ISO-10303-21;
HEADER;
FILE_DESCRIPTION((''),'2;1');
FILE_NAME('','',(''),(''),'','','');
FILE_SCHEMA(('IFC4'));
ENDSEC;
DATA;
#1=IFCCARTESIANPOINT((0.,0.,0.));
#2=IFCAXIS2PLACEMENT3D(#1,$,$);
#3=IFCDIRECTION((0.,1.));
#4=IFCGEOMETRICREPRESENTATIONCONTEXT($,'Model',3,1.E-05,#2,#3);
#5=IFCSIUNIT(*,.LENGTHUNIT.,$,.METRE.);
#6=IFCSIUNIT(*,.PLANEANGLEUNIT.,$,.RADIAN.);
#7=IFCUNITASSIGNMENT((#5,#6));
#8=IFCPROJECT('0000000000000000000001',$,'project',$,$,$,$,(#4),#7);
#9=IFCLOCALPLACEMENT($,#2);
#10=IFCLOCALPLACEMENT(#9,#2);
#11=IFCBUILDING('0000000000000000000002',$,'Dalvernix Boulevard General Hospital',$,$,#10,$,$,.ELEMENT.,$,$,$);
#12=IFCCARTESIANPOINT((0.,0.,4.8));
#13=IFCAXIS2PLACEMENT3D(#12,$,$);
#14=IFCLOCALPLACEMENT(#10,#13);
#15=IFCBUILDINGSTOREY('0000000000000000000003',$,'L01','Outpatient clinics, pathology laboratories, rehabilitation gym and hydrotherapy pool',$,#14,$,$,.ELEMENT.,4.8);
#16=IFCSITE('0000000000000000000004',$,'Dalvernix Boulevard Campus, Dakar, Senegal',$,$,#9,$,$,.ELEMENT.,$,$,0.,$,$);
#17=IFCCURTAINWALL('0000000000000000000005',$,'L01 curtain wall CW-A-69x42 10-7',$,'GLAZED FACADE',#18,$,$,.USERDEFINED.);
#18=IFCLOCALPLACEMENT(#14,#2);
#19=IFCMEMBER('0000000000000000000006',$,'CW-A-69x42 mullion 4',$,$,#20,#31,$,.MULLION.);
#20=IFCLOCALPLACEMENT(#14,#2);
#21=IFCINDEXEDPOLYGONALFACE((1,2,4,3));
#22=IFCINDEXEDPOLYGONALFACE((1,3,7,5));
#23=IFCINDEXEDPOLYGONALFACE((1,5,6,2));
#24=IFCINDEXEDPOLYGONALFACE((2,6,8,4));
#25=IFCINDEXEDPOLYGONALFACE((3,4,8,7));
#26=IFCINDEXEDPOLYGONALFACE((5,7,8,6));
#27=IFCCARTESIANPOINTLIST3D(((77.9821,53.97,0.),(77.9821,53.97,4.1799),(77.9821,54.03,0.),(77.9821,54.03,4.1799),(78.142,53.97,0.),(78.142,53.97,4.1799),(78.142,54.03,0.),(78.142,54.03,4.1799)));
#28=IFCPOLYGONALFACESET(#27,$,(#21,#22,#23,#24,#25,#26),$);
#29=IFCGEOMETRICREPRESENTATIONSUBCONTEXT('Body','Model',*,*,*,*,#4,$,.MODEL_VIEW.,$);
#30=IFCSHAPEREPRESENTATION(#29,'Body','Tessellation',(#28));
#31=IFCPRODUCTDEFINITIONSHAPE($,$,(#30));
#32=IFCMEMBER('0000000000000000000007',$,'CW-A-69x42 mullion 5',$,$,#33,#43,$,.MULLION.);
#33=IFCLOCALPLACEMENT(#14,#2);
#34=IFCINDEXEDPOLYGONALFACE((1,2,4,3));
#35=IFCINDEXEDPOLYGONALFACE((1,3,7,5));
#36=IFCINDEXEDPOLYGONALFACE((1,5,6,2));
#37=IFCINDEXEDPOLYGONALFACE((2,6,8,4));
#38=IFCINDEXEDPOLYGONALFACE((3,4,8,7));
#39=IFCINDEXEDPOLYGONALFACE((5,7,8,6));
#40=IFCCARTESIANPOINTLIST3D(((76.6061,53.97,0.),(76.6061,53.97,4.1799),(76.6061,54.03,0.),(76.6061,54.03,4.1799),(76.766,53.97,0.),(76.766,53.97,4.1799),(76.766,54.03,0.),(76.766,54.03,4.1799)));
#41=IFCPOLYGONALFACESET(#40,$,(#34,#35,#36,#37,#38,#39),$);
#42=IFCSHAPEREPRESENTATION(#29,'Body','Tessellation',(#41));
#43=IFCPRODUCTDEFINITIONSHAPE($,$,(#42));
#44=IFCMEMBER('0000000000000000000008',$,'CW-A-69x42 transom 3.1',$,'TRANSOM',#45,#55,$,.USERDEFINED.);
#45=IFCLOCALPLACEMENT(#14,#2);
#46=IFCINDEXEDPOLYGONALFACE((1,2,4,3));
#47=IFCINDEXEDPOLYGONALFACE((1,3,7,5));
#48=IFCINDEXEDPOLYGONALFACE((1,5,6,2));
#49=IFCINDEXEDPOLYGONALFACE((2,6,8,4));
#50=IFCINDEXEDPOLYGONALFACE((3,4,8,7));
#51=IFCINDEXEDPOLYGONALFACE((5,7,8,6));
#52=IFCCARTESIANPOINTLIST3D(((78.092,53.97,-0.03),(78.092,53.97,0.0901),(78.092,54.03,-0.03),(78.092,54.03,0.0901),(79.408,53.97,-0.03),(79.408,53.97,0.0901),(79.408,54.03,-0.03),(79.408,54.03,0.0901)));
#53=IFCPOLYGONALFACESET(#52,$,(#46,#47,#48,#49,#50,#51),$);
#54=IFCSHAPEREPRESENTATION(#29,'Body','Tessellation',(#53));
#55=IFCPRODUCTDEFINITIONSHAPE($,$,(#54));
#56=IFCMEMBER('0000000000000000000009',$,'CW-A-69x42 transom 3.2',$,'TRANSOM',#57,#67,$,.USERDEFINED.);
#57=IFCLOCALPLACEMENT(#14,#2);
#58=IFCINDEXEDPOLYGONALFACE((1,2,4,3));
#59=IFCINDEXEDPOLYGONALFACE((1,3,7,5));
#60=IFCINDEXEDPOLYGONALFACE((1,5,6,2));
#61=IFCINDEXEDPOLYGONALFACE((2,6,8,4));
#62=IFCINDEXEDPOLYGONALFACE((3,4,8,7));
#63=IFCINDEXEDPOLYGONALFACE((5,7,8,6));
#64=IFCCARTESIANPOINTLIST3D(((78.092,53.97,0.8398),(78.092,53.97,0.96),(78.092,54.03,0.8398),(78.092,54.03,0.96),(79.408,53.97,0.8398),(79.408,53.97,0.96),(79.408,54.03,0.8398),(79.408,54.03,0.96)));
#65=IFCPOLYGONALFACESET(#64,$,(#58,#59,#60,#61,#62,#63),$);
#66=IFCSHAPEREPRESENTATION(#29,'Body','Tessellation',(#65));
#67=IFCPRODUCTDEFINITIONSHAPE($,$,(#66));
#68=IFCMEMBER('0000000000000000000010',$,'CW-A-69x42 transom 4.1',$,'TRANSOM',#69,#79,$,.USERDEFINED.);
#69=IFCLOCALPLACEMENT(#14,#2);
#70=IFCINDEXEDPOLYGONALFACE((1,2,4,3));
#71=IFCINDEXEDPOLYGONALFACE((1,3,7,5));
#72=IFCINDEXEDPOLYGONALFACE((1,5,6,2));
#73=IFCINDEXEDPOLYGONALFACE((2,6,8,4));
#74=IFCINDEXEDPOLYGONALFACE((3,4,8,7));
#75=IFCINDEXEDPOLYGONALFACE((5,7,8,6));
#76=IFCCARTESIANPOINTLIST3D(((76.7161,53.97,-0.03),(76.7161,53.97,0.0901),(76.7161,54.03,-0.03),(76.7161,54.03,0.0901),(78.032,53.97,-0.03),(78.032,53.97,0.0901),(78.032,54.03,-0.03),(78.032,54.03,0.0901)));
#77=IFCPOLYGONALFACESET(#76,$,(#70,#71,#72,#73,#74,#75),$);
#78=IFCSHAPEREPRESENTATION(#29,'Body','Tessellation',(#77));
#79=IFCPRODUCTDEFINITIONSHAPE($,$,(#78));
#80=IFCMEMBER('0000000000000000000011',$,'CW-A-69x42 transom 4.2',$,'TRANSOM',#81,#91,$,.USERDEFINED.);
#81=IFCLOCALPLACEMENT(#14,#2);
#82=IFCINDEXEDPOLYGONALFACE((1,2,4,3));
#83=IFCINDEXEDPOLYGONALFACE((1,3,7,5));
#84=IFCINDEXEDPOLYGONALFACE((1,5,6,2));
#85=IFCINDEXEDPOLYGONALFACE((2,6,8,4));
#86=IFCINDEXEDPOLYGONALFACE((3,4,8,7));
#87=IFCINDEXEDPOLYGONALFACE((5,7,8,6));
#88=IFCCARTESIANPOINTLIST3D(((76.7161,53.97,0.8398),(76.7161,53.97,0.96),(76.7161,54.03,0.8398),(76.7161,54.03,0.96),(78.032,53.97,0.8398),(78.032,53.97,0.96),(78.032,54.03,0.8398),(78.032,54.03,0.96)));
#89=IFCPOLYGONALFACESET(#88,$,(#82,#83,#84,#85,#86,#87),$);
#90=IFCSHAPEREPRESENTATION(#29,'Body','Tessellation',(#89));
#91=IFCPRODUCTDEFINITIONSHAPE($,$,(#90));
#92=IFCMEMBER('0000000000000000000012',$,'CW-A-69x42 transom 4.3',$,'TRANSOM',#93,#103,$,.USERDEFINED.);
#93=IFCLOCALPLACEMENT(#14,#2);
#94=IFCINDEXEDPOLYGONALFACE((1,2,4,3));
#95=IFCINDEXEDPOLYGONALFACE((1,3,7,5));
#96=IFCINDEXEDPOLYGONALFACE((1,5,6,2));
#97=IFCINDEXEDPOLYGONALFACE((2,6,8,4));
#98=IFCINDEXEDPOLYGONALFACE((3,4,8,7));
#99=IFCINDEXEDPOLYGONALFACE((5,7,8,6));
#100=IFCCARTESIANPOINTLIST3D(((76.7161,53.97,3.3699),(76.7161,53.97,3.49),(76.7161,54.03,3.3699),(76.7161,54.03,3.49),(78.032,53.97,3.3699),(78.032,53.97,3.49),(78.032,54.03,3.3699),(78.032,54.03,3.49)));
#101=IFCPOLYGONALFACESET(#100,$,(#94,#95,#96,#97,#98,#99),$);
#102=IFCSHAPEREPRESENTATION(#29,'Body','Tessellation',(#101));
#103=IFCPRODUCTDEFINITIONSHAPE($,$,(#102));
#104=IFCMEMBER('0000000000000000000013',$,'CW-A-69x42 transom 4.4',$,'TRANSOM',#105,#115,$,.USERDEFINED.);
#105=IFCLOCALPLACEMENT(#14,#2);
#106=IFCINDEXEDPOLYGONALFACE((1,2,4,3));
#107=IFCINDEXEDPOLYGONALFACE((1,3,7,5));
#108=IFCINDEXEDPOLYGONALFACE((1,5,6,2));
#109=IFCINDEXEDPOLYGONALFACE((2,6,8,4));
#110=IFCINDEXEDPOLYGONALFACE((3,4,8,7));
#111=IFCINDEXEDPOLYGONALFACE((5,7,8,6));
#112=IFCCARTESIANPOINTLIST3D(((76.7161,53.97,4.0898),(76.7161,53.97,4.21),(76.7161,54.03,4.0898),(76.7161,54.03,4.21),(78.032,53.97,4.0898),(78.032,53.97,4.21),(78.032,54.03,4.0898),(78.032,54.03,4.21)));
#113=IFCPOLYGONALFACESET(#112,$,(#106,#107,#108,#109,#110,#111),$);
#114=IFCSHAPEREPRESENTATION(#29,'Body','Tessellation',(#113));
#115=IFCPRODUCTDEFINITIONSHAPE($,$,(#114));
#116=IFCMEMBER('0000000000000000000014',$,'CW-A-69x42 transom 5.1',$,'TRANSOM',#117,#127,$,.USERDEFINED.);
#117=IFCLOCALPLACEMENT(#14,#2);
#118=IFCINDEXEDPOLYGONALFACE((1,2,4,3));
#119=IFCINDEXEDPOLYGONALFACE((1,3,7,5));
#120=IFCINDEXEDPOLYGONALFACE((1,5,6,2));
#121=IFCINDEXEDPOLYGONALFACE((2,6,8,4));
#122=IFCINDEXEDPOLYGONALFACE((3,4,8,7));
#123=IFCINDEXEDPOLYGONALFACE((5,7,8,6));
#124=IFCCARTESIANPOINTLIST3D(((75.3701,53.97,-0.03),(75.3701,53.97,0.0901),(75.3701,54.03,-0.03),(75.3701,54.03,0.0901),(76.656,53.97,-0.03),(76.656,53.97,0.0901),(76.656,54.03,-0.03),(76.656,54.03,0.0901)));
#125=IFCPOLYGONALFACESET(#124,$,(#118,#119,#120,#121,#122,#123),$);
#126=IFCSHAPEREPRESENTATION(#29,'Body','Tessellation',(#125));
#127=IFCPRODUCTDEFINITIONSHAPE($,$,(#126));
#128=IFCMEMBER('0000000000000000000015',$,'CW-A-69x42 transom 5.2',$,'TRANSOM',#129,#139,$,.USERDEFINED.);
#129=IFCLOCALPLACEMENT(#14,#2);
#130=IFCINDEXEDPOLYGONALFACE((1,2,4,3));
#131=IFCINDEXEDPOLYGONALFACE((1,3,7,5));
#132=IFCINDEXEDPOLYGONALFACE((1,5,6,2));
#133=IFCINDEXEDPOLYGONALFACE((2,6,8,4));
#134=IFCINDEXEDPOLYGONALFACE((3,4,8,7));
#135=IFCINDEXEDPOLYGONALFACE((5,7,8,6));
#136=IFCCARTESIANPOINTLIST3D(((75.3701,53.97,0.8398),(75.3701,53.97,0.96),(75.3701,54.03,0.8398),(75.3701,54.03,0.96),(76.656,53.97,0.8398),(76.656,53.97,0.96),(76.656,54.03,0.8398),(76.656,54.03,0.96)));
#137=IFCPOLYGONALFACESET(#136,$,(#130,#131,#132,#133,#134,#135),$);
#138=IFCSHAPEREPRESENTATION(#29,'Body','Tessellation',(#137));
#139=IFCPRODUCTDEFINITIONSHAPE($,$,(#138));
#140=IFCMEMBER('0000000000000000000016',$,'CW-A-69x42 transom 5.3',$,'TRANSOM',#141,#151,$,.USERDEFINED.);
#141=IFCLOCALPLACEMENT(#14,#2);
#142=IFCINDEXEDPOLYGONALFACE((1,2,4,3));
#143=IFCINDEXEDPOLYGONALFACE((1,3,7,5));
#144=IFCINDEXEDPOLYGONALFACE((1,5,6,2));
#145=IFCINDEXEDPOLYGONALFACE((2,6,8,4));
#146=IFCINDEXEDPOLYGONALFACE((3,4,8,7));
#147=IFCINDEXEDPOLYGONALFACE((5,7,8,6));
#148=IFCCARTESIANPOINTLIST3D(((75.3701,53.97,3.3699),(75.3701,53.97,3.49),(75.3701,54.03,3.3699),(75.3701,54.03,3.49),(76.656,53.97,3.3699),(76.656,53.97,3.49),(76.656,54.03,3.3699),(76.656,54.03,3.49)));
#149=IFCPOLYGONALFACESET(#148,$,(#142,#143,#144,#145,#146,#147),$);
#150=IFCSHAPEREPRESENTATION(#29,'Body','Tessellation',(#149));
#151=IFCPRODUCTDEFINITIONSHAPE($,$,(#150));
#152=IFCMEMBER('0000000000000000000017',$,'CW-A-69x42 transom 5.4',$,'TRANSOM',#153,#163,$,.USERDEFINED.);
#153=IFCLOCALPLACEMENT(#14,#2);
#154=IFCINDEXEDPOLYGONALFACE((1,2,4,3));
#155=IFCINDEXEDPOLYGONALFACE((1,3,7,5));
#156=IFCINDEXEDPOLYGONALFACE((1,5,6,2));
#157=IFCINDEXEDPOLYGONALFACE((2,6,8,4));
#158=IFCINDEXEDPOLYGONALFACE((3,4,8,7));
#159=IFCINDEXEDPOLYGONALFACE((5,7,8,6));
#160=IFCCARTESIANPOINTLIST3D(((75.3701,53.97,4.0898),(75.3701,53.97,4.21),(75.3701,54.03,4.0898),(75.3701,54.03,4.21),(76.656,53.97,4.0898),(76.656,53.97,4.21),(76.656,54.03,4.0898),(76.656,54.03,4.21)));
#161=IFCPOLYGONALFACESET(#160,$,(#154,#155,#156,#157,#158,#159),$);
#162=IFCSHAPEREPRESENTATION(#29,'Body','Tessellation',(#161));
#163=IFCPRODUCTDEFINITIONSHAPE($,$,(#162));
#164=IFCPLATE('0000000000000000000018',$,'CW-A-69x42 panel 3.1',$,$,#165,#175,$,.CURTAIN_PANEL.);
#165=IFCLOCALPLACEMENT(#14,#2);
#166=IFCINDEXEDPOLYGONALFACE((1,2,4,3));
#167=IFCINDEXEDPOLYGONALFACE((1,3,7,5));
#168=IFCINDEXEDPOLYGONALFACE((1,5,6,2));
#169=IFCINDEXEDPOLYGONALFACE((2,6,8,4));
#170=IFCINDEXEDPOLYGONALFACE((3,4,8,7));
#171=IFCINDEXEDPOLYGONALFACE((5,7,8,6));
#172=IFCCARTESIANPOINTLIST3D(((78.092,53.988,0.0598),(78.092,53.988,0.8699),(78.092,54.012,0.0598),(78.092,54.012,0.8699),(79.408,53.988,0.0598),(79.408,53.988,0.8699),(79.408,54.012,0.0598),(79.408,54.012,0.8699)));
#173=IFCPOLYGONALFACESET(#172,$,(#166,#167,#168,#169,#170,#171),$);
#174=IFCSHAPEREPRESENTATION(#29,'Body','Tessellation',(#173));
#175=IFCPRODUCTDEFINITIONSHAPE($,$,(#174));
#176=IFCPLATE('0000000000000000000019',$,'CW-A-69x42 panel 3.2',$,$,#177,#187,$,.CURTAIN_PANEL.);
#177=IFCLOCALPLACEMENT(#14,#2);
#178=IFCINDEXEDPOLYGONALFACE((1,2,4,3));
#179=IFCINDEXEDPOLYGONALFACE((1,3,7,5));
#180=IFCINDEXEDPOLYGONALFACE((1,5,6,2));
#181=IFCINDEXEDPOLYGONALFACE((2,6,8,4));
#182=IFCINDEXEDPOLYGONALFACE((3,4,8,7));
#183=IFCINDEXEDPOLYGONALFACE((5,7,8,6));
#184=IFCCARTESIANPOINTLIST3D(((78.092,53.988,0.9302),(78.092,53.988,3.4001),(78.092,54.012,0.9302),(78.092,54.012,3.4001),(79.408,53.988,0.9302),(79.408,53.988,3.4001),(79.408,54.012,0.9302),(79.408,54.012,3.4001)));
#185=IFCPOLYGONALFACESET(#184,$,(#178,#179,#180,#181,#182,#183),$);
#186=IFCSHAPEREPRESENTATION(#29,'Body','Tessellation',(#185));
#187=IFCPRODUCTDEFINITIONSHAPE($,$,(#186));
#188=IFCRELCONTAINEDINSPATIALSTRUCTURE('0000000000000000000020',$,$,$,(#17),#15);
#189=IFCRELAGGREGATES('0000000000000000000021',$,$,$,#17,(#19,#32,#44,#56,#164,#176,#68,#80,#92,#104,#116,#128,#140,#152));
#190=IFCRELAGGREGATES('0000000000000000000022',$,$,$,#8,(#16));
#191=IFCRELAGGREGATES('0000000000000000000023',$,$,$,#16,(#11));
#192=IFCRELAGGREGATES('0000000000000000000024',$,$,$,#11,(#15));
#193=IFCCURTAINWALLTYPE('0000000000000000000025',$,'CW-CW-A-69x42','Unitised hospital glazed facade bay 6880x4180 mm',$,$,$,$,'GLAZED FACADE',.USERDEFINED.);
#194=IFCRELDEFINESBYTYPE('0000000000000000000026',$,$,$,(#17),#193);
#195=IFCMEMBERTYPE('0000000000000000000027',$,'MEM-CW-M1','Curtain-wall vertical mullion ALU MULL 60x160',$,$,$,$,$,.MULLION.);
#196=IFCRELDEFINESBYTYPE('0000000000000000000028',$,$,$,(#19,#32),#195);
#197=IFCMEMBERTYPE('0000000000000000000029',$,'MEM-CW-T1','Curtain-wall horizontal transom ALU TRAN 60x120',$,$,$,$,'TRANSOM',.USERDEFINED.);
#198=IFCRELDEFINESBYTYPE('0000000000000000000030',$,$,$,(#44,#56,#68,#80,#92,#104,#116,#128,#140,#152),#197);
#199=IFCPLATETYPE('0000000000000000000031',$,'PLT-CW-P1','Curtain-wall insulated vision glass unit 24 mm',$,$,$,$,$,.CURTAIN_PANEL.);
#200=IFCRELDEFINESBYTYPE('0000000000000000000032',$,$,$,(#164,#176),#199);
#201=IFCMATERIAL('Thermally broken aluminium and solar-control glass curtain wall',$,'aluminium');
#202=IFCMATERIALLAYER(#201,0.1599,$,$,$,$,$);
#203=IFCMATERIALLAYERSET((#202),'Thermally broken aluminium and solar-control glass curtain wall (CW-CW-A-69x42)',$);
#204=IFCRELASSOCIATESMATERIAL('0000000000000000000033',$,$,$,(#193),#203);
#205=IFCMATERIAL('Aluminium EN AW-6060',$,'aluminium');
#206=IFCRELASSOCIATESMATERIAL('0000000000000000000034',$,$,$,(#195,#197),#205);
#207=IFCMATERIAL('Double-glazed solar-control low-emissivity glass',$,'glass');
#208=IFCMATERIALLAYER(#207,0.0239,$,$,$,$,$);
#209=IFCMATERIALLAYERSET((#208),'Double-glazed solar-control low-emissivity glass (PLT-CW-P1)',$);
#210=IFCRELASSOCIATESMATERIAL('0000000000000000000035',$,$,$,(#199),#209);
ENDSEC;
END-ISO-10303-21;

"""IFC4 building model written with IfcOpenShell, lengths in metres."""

from ifc_helpers import new_model, si_unit, direction, frame, origin, origin_2d, place, context, subcontext, project, spatial, rectangle, extrude, material, layer, layer_set, material_profile, profile_set, type_object, element, aggregate, save


model = new_model("IFC4")

# Units and contexts
model_context = context("Model", 3, precision=1e-05, world=origin(), true_north=direction((0.0, 1.0)))
body_context = subcontext(model_context, "Body", "Model", "MODEL_VIEW")
ifc_project = project(units=[si_unit("LENGTHUNIT", "METRE"), si_unit("PLANEANGLEUNIT", "RADIAN")], contexts=[model_context])

# Site, building, storey
site_placement = place(None, origin())
site = spatial("IfcSite", under=ifc_project, at=site_placement, Name="Dalvernix Boulevard Campus, Dakar, Senegal", CompositionType="ELEMENT", RefElevation=0.0)
building_placement = place(site_placement, origin())
building = spatial("IfcBuilding", under=site, at=building_placement, Name="Dalvernix Boulevard General Hospital", CompositionType="ELEMENT")
storey_placement = place(building_placement, frame((0.0, 0.0, 4.8)))
storey = spatial("IfcBuildingStorey", under=building, at=storey_placement, Name="L01", Description="Outpatient clinics, pathology laboratories, rehabilitation gym and hydrotherapy pool", CompositionType="ELEMENT", Elevation=4.8)

# Curtain wall, members, plates
ifc_material_1 = material(Name="Thermally broken aluminium and solar-control glass curtain wall", Category="aluminium")
ifc_layer_1 = layer(ifc_material_1, 0.1599)
ifc_layer_set_1 = layer_set([ifc_layer_1], Name="Thermally broken aluminium and solar-control glass curtain wall (CW-CW-A-69x42)")
curtain_wall_type = type_object("IfcCurtainWallType", Name="CW-CW-A-69x42", Description="Unitised hospital glazed facade bay 6880x4180 mm", ElementType="GLAZED FACADE", PredefinedType="USERDEFINED", material=ifc_layer_set_1)
curtain_wall_placement = place(storey_placement, origin())
curtain_wall = element("IfcCurtainWall", 1, at=curtain_wall_placement, inside=storey, type_object=curtain_wall_type, Name="L01 curtain wall CW-A-69x42 10-7", ObjectType="GLAZED FACADE", PredefinedType="USERDEFINED")
ifc_material_2 = material(Name="Aluminium EN AW-6060", Category="aluminium")
ifc_material_profile_1 = material_profile(ifc_material_2, rectangle(XDim=0.0601, YDim=0.1599, at=origin_2d()), Name="ALU MULL 60x160")
ifc_profile_set_1 = profile_set([ifc_material_profile_1], Name="Aluminium EN AW-6060")
member_type_1 = type_object("IfcMemberType", Name="MEM-CW-M1", Description="Curtain-wall vertical mullion ALU MULL 60x160", PredefinedType="MULLION", material=ifc_profile_set_1)
member_1_placement = place(storey_placement, frame((78.062, 54.0, 0.0), z_axis=(0.0, 0.0, 1.0), x_axis=(0.0, -1.0, 0.0)))
member_1 = element("IfcMember", 2, at=member_1_placement, type_object=member_type_1, Name="CW-A-69x42 mullion 4", PredefinedType="MULLION", context=body_context, shape_type="SweptSolid", body=[
    extrude(rectangle(XDim=0.0601, YDim=0.1599, at=origin_2d()), origin(), (0.0, 0.0, 1.0), 4.1799),
])
member_2_placement = place(storey_placement, frame((76.686, 54.0, 0.0), z_axis=(0.0, 0.0, 1.0), x_axis=(0.0, -1.0, 0.0)))
member_2 = element("IfcMember", 3, at=member_2_placement, type_object=member_type_1, Name="CW-A-69x42 mullion 5", PredefinedType="MULLION", context=body_context, shape_type="SweptSolid", body=[
    extrude(rectangle(XDim=0.0601, YDim=0.1599, at=origin_2d()), origin(), (0.0, 0.0, 1.0), 4.1799),
])
ifc_material_profile_2 = material_profile(ifc_material_2, rectangle(XDim=0.0601, YDim=0.1201, at=origin_2d()), Name="ALU TRAN 60x120")
ifc_profile_set_2 = profile_set([ifc_material_profile_2], Name="Aluminium EN AW-6060")
member_type_2 = type_object("IfcMemberType", Name="MEM-CW-T1", Description="Curtain-wall horizontal transom ALU TRAN 60x120", ElementType="TRANSOM", PredefinedType="USERDEFINED", material=ifc_profile_set_2)
member_3_placement = place(storey_placement, frame((79.408, 54.0, 0.03), z_axis=(-1.0, 0.0, 0.0), x_axis=(0.0, -1.0, 0.0)))
member_3 = element("IfcMember", 4, at=member_3_placement, type_object=member_type_2, Name="CW-A-69x42 transom 3.1", ObjectType="TRANSOM", PredefinedType="USERDEFINED", context=body_context, shape_type="SweptSolid", body=[
    extrude(rectangle(XDim=0.0601, YDim=0.1201, at=origin_2d()), origin(), (0.0, 0.0, 1.0), 1.3159),
])
member_4_placement = place(storey_placement, frame((79.408, 54.0, 0.8999), z_axis=(-1.0, 0.0, 0.0), x_axis=(0.0, -1.0, 0.0)))
member_4 = element("IfcMember", 5, at=member_4_placement, type_object=member_type_2, Name="CW-A-69x42 transom 3.2", ObjectType="TRANSOM", PredefinedType="USERDEFINED", context=body_context, shape_type="SweptSolid", body=[
    extrude(rectangle(XDim=0.0601, YDim=0.1201, at=origin_2d()), origin(), (0.0, 0.0, 1.0), 1.3159),
])
member_5_placement = place(storey_placement, frame((78.032, 54.0, 0.03), z_axis=(-1.0, 0.0, 0.0), x_axis=(0.0, -1.0, 0.0)))
member_5 = element("IfcMember", 6, at=member_5_placement, type_object=member_type_2, Name="CW-A-69x42 transom 4.1", ObjectType="TRANSOM", PredefinedType="USERDEFINED", context=body_context, shape_type="SweptSolid", body=[
    extrude(rectangle(XDim=0.0601, YDim=0.1201, at=origin_2d()), origin(), (0.0, 0.0, 1.0), 1.3159),
])
member_6_placement = place(storey_placement, frame((78.032, 54.0, 0.8999), z_axis=(-1.0, 0.0, 0.0), x_axis=(0.0, -1.0, 0.0)))
member_6 = element("IfcMember", 7, at=member_6_placement, type_object=member_type_2, Name="CW-A-69x42 transom 4.2", ObjectType="TRANSOM", PredefinedType="USERDEFINED", context=body_context, shape_type="SweptSolid", body=[
    extrude(rectangle(XDim=0.0601, YDim=0.1201, at=origin_2d()), origin(), (0.0, 0.0, 1.0), 1.3159),
])
member_7_placement = place(storey_placement, frame((78.032, 54.0, 3.4299), z_axis=(-1.0, 0.0, 0.0), x_axis=(0.0, -1.0, 0.0)))
member_7 = element("IfcMember", 8, at=member_7_placement, type_object=member_type_2, Name="CW-A-69x42 transom 4.3", ObjectType="TRANSOM", PredefinedType="USERDEFINED", context=body_context, shape_type="SweptSolid", body=[
    extrude(rectangle(XDim=0.0601, YDim=0.1201, at=origin_2d()), origin(), (0.0, 0.0, 1.0), 1.3159),
])
member_8_placement = place(storey_placement, frame((78.032, 54.0, 4.1499), z_axis=(-1.0, 0.0, 0.0), x_axis=(0.0, -1.0, 0.0)))
member_8 = element("IfcMember", 9, at=member_8_placement, type_object=member_type_2, Name="CW-A-69x42 transom 4.4", ObjectType="TRANSOM", PredefinedType="USERDEFINED", context=body_context, shape_type="SweptSolid", body=[
    extrude(rectangle(XDim=0.0601, YDim=0.1201, at=origin_2d()), origin(), (0.0, 0.0, 1.0), 1.3159),
])
member_9_placement = place(storey_placement, frame((76.656, 54.0, 0.03), z_axis=(-1.0, 0.0, 0.0), x_axis=(0.0, -1.0, 0.0)))
member_9 = element("IfcMember", 10, at=member_9_placement, type_object=member_type_2, Name="CW-A-69x42 transom 5.1", ObjectType="TRANSOM", PredefinedType="USERDEFINED", context=body_context, shape_type="SweptSolid", body=[
    extrude(rectangle(XDim=0.0601, YDim=0.1201, at=origin_2d()), origin(), (0.0, 0.0, 1.0), 1.2859),
])
member_10_placement = place(storey_placement, frame((76.656, 54.0, 0.8999), z_axis=(-1.0, 0.0, 0.0), x_axis=(0.0, -1.0, 0.0)))
member_10 = element("IfcMember", 11, at=member_10_placement, type_object=member_type_2, Name="CW-A-69x42 transom 5.2", ObjectType="TRANSOM", PredefinedType="USERDEFINED", context=body_context, shape_type="SweptSolid", body=[
    extrude(rectangle(XDim=0.0601, YDim=0.1201, at=origin_2d()), origin(), (0.0, 0.0, 1.0), 1.2859),
])
member_11_placement = place(storey_placement, frame((76.656, 54.0, 3.4299), z_axis=(-1.0, 0.0, 0.0), x_axis=(0.0, -1.0, 0.0)))
member_11 = element("IfcMember", 12, at=member_11_placement, type_object=member_type_2, Name="CW-A-69x42 transom 5.3", ObjectType="TRANSOM", PredefinedType="USERDEFINED", context=body_context, shape_type="SweptSolid", body=[
    extrude(rectangle(XDim=0.0601, YDim=0.1201, at=origin_2d()), origin(), (0.0, 0.0, 1.0), 1.2859),
])
member_12_placement = place(storey_placement, frame((76.656, 54.0, 4.1499), z_axis=(-1.0, 0.0, 0.0), x_axis=(0.0, -1.0, 0.0)))
member_12 = element("IfcMember", 13, at=member_12_placement, type_object=member_type_2, Name="CW-A-69x42 transom 5.4", ObjectType="TRANSOM", PredefinedType="USERDEFINED", context=body_context, shape_type="SweptSolid", body=[
    extrude(rectangle(XDim=0.0601, YDim=0.1201, at=origin_2d()), origin(), (0.0, 0.0, 1.0), 1.2859),
])
ifc_material_3 = material(Name="Double-glazed solar-control low-emissivity glass", Category="glass")
ifc_layer_2 = layer(ifc_material_3, 0.0239)
ifc_layer_set_2 = layer_set([ifc_layer_2], Name="Double-glazed solar-control low-emissivity glass (PLT-CW-P1)")
plate_type = type_object("IfcPlateType", Name="PLT-CW-P1", Description="Curtain-wall insulated vision glass unit 24 mm", PredefinedType="CURTAIN_PANEL", material=ifc_layer_set_2)
plate_1_placement = place(storey_placement, frame((78.75, 54.0, 0.0598), z_axis=(0.0, 0.0, 1.0), x_axis=(-1.0, 0.0, 0.0)))
plate_1 = element("IfcPlate", 14, at=plate_1_placement, type_object=plate_type, Name="CW-A-69x42 panel 3.1", PredefinedType="CURTAIN_PANEL", context=body_context, shape_type="SweptSolid", body=[
    extrude(rectangle(XDim=1.3159, YDim=0.0239, at=origin_2d()), origin(), (0.0, 0.0, 1.0), 0.8101),
])
plate_2_placement = place(storey_placement, frame((78.75, 54.0, 0.9302), z_axis=(0.0, 0.0, 1.0), x_axis=(-1.0, 0.0, 0.0)))
plate_2 = element("IfcPlate", 15, at=plate_2_placement, type_object=plate_type, Name="CW-A-69x42 panel 3.2", PredefinedType="CURTAIN_PANEL", context=body_context, shape_type="SweptSolid", body=[
    extrude(rectangle(XDim=1.3159, YDim=0.0239, at=origin_2d()), origin(), (0.0, 0.0, 1.0), 2.47),
])
aggregate(curtain_wall, [member_1, member_2, member_3, member_4, plate_1, plate_2, member_5, member_6, member_7, member_8, member_9, member_10, member_11, member_12])

save(model, "model.ifc")
